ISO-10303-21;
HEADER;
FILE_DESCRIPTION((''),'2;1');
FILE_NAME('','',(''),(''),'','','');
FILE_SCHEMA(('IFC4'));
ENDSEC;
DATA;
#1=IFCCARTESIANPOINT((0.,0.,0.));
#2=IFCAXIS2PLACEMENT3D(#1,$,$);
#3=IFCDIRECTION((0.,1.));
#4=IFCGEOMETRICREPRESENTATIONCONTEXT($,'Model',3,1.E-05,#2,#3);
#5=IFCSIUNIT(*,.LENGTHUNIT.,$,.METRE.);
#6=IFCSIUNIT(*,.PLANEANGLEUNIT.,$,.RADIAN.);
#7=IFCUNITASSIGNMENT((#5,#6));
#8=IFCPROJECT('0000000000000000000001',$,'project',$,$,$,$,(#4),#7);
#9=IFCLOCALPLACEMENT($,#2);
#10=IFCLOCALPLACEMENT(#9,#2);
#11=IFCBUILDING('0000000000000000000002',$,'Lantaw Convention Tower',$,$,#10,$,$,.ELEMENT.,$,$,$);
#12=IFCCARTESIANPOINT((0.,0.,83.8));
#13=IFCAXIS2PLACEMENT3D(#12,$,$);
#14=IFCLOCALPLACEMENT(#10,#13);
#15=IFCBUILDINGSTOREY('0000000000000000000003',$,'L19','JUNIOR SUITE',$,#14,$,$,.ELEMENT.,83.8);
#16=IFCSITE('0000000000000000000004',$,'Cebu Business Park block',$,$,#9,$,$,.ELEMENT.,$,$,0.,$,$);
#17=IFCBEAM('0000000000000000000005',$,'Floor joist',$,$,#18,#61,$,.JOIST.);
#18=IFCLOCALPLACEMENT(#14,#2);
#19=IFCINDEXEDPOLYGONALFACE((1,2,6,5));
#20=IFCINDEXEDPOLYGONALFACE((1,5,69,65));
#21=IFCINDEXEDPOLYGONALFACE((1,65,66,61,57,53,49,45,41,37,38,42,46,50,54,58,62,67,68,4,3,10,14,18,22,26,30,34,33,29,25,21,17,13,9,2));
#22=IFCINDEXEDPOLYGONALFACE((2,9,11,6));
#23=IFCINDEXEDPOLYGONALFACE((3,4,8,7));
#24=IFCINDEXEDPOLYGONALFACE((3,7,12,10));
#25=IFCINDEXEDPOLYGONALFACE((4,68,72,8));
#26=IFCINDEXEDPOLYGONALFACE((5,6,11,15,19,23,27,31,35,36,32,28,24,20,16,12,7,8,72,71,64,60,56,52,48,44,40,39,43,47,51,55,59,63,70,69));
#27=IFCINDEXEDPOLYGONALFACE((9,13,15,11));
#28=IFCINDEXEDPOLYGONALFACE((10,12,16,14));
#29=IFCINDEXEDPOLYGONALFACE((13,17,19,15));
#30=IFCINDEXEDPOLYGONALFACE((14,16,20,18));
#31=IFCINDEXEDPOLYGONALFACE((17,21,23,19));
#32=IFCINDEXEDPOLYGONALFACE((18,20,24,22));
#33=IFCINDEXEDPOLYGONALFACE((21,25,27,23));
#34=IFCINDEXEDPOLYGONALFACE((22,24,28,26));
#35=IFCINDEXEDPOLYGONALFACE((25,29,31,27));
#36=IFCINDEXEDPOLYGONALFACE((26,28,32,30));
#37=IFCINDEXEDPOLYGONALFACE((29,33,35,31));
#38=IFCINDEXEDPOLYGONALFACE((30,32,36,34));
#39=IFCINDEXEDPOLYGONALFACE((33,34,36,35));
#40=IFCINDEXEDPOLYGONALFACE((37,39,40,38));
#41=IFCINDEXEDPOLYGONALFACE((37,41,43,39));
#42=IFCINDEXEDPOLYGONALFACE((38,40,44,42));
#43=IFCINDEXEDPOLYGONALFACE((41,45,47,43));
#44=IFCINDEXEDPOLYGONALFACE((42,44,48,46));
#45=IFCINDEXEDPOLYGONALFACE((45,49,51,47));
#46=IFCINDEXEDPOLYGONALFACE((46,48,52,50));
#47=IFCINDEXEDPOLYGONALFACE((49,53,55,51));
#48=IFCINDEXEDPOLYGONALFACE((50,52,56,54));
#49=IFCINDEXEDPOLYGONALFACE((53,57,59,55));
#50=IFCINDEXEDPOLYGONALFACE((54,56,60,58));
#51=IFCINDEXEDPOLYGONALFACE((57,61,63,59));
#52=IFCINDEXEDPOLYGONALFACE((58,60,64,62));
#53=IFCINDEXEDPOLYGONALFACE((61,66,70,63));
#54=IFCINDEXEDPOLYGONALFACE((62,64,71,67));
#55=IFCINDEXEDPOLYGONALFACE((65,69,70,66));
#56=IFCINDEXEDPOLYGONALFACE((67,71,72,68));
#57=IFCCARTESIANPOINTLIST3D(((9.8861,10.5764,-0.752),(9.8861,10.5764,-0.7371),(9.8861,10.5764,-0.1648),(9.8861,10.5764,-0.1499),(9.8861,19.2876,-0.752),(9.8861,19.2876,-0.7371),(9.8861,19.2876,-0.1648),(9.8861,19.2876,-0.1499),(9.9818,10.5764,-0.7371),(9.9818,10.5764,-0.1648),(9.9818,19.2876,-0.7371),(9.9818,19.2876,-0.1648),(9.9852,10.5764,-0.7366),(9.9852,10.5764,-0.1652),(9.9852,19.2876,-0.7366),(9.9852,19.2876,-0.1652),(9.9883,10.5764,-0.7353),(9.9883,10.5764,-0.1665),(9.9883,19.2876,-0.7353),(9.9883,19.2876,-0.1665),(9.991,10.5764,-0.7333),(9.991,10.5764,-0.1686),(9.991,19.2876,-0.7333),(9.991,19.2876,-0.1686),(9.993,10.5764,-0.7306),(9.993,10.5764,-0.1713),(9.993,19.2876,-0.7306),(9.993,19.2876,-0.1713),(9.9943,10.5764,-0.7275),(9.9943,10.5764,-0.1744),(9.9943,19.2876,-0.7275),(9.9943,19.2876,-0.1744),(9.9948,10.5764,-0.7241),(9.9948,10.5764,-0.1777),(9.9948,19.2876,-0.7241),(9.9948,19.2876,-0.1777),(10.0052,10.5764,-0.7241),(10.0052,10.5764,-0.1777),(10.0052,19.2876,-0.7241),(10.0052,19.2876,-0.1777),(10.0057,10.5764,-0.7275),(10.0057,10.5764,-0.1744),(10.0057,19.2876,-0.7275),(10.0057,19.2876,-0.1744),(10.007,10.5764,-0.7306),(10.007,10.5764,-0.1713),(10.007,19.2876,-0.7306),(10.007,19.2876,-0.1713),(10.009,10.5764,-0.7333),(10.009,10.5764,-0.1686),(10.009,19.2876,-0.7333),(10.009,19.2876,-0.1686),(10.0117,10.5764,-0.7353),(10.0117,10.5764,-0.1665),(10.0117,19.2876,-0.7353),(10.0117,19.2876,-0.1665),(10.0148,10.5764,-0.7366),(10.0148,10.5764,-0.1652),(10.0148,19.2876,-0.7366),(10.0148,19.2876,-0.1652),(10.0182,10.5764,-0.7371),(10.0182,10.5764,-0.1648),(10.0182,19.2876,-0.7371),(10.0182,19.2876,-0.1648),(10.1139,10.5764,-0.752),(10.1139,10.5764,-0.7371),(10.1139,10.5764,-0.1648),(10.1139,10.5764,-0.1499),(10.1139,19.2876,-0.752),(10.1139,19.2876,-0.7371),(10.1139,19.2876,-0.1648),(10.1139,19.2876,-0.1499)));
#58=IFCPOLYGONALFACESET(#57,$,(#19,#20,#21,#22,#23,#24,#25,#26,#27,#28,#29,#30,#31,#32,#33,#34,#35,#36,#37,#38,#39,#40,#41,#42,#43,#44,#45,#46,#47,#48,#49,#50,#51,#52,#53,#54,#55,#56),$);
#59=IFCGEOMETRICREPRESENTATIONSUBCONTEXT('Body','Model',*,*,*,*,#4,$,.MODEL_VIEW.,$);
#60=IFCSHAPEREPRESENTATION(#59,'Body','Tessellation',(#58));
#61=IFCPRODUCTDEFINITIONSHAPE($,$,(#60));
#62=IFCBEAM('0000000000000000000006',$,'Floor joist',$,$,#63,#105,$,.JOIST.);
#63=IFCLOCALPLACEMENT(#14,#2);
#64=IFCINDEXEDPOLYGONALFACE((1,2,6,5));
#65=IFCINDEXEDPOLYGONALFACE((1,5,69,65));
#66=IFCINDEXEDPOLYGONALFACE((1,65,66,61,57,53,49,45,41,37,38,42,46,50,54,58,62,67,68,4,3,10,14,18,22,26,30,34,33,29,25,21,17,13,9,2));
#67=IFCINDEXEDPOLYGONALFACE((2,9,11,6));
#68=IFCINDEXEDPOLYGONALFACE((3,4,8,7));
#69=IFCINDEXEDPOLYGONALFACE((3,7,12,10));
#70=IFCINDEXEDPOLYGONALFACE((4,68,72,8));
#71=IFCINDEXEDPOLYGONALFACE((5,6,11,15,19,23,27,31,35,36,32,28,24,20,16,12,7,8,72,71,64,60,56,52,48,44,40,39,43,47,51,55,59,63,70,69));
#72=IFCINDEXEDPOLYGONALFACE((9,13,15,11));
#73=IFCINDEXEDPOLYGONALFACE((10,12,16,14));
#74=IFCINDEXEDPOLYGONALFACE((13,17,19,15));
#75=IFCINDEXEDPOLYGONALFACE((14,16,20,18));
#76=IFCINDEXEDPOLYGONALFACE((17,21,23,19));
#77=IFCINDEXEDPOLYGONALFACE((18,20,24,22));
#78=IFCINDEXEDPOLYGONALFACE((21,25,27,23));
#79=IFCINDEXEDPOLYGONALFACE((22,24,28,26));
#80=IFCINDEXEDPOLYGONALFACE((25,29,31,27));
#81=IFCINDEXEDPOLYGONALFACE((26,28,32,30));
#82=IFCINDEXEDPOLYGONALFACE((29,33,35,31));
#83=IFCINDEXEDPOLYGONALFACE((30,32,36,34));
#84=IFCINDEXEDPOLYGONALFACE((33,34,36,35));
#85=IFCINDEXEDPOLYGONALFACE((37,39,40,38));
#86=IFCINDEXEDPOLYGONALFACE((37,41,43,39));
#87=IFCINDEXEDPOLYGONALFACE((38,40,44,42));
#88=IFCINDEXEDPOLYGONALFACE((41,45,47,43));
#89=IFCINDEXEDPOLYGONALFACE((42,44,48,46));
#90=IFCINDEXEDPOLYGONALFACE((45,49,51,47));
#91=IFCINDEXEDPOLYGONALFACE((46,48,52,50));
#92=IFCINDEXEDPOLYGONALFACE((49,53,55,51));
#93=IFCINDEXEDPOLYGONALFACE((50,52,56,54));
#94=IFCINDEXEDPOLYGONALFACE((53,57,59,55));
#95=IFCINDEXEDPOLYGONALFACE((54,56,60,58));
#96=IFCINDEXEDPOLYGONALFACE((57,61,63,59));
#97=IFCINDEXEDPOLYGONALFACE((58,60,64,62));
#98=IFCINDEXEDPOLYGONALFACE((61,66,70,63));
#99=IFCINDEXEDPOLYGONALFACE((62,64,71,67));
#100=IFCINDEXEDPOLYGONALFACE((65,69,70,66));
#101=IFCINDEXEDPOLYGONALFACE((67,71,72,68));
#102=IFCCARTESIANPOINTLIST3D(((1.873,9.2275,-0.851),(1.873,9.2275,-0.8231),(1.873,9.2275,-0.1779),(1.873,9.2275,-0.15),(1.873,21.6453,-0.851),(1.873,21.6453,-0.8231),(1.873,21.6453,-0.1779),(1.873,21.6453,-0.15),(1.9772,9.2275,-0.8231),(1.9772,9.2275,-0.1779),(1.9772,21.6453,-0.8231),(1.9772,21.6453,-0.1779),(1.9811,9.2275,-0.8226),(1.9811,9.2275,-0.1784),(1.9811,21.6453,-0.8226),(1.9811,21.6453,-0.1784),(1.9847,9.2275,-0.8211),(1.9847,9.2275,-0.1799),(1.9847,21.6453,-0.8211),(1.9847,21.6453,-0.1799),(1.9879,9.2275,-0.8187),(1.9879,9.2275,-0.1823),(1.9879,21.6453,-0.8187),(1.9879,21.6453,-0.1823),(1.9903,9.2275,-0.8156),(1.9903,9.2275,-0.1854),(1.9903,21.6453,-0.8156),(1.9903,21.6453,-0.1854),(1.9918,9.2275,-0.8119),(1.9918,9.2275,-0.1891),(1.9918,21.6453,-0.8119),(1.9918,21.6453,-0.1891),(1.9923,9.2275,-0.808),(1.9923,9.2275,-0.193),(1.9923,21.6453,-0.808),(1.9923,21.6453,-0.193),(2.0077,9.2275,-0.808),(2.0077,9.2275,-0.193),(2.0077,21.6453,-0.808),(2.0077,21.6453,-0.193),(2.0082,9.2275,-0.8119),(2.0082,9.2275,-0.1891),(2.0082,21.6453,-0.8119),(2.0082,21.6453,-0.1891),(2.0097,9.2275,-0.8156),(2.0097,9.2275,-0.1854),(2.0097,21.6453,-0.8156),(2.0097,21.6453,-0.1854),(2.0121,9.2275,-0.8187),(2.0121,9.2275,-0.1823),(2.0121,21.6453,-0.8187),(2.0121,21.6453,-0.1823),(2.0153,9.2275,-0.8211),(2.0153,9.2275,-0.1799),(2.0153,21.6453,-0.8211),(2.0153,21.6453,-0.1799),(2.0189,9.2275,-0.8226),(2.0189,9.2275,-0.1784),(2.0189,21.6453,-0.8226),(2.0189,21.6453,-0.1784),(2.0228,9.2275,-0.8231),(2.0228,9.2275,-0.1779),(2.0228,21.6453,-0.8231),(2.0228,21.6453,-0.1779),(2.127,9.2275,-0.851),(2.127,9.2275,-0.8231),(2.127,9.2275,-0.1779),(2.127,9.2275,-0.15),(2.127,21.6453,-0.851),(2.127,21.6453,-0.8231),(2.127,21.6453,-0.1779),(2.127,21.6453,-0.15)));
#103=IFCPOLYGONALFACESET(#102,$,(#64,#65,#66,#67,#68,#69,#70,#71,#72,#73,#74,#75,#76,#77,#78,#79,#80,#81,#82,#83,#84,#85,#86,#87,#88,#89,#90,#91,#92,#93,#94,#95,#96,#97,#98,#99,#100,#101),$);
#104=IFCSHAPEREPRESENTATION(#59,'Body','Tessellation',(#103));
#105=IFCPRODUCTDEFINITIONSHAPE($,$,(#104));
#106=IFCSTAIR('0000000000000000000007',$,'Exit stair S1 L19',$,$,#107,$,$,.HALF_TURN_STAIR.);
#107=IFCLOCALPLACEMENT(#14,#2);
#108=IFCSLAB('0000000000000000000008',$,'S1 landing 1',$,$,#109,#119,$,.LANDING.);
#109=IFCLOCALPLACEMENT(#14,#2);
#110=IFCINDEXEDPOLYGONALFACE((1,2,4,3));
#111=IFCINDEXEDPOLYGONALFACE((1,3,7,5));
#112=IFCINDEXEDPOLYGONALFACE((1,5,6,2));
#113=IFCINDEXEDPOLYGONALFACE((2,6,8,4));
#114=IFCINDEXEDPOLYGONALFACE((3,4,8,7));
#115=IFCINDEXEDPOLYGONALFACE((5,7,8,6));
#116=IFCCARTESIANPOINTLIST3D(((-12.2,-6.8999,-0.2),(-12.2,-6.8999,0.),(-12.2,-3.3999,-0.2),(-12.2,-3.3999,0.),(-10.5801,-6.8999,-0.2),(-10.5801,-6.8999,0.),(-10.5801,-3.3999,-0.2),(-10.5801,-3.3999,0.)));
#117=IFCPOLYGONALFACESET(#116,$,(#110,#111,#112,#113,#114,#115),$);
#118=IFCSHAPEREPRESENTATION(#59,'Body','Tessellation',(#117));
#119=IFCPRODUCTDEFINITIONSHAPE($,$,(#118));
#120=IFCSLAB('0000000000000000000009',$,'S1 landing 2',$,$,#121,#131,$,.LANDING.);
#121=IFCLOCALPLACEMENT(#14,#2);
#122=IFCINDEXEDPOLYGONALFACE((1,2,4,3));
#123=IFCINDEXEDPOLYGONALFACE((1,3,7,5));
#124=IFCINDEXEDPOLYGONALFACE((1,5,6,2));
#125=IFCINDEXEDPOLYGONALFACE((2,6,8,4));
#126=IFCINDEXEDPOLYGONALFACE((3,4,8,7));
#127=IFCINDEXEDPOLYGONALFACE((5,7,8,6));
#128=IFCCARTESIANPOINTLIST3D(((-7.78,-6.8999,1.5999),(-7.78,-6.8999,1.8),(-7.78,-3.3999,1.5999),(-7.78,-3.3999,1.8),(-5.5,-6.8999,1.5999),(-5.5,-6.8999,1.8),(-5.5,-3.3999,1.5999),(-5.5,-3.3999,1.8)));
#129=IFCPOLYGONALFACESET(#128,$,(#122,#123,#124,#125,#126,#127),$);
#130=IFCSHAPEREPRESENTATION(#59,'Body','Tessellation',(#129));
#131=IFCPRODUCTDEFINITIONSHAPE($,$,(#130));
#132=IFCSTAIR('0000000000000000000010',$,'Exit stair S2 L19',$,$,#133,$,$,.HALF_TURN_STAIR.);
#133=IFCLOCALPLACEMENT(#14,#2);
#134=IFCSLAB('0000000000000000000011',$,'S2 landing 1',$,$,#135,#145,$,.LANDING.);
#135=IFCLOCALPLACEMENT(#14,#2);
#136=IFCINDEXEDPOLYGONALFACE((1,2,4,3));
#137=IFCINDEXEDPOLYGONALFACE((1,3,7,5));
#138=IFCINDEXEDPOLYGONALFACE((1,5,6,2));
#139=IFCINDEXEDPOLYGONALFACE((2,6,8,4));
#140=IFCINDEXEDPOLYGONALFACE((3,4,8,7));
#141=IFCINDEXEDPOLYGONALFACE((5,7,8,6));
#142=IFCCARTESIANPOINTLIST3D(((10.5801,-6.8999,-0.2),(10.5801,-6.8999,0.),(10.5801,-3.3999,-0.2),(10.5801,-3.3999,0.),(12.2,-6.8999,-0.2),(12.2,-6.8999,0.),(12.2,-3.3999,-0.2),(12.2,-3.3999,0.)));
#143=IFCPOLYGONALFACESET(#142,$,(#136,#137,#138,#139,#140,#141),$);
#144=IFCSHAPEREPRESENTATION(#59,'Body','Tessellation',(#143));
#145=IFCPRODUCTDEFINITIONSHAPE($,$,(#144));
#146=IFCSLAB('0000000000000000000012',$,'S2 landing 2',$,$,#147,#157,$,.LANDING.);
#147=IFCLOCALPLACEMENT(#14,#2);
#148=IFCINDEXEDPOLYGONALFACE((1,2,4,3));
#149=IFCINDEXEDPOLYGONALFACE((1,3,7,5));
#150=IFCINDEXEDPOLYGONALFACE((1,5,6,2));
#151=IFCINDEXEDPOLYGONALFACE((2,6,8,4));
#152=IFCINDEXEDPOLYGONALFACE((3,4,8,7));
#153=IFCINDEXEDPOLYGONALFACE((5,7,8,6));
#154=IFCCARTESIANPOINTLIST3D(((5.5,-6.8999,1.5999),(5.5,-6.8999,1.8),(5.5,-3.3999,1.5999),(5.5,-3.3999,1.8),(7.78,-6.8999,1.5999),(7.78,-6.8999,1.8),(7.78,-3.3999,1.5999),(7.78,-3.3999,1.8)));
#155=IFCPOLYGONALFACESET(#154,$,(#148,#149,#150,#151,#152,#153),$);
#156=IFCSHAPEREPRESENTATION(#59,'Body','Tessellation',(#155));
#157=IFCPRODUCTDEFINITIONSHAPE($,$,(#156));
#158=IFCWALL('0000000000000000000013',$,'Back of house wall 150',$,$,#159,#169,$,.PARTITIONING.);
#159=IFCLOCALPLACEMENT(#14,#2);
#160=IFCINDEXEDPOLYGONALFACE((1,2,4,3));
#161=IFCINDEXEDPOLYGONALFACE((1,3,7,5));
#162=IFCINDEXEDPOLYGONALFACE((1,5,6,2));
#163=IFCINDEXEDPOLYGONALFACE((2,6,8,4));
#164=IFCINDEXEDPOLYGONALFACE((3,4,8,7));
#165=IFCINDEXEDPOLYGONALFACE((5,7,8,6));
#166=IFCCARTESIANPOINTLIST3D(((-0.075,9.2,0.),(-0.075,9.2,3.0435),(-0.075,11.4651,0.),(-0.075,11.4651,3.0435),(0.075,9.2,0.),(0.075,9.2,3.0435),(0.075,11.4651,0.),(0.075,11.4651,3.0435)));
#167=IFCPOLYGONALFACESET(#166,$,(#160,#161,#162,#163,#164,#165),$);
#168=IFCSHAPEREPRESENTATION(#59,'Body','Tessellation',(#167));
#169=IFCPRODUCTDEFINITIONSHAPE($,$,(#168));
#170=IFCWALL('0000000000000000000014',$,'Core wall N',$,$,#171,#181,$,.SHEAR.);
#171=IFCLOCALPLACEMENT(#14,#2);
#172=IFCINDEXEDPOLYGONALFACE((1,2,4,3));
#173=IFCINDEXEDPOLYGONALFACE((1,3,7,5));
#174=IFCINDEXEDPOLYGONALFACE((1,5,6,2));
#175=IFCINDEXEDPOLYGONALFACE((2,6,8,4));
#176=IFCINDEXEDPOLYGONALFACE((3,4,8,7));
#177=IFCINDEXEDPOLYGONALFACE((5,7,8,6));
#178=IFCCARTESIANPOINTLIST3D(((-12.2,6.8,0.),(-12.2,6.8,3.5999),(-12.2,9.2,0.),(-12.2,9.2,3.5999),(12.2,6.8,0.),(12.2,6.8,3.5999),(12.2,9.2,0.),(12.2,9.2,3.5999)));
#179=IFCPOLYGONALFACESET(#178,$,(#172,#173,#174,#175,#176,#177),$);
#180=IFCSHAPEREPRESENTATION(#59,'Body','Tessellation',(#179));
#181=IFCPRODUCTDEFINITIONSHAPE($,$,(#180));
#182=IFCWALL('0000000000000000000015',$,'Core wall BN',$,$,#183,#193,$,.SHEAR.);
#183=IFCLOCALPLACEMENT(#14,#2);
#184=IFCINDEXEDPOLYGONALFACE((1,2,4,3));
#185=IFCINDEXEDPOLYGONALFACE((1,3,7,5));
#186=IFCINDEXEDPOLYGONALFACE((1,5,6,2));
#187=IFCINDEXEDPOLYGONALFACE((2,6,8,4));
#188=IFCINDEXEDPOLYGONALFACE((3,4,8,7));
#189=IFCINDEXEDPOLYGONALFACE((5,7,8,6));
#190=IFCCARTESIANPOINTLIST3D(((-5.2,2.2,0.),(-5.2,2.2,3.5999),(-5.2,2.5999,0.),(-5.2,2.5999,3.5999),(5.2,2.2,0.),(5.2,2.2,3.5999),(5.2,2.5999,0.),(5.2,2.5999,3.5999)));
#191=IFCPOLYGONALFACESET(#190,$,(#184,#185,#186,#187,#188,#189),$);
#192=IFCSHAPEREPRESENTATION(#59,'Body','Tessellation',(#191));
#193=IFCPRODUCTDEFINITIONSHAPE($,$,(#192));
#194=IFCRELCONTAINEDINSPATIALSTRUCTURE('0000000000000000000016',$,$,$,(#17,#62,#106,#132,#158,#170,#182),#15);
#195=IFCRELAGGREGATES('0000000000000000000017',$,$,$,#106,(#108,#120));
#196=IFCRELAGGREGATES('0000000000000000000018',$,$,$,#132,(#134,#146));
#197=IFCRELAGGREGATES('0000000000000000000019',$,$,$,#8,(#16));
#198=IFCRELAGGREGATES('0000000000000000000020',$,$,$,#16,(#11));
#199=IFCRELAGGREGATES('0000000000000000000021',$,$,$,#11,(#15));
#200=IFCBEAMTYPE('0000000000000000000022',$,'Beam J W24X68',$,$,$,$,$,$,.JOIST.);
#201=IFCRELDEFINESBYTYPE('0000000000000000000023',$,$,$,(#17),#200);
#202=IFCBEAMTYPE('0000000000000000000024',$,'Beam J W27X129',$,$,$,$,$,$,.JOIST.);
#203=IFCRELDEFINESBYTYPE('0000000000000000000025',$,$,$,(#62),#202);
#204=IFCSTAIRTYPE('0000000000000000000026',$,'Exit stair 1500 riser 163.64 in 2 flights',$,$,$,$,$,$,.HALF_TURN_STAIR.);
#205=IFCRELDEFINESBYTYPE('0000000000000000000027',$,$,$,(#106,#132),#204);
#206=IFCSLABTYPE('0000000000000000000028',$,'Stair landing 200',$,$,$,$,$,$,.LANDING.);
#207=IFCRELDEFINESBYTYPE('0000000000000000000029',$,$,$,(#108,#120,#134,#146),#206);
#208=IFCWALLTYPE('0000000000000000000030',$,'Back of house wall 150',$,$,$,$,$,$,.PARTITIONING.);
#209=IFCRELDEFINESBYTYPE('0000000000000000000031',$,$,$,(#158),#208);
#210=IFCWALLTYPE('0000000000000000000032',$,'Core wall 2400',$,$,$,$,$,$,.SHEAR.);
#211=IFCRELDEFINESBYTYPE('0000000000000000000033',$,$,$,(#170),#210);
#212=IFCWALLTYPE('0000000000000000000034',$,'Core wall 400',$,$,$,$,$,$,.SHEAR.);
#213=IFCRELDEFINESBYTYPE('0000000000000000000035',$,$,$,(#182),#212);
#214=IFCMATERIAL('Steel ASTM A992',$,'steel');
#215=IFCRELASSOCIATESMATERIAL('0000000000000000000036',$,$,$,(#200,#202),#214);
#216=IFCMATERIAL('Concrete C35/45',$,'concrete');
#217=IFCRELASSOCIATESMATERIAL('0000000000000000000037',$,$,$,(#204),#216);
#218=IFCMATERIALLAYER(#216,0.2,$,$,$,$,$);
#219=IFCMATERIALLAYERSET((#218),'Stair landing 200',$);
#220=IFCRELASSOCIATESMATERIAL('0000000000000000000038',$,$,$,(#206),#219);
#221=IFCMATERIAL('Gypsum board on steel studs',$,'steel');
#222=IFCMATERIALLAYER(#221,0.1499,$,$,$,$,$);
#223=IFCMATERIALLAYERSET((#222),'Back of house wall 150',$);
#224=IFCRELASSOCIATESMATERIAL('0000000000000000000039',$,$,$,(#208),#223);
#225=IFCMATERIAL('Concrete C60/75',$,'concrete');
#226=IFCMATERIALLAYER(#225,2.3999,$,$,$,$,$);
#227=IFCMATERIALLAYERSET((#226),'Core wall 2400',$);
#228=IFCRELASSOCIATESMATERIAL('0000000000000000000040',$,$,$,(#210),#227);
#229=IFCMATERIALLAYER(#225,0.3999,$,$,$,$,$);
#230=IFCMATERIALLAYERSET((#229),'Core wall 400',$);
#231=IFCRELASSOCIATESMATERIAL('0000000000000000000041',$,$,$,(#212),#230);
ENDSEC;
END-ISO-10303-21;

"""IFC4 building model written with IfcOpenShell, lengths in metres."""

from ifc_helpers import new_model, si_unit, direction, frame, frame_2d, origin, origin_2d, place, context, subcontext, project, spatial, polyline, rectangle, i_section, outline, extrude, material, layer, layer_set, material_profile, profile_set, type_object, element, aggregate, save


model = new_model("IFC4")

# Units and contexts
model_context = context("Model", 3, precision=1e-05, world=origin(), true_north=direction((0.0, 1.0)))
body_context = subcontext(model_context, "Body", "Model", "MODEL_VIEW")
ifc_project = project(units=[si_unit("LENGTHUNIT", "METRE"), si_unit("PLANEANGLEUNIT", "RADIAN")], contexts=[model_context])

# Site, building, storey
site_placement = place(None, origin())
site = spatial("IfcSite", under=ifc_project, at=site_placement, Name="Cebu Business Park block", CompositionType="ELEMENT", RefElevation=0.0)
building_placement = place(site_placement, origin())
building = spatial("IfcBuilding", under=site, at=building_placement, Name="Lantaw Convention Tower", CompositionType="ELEMENT")
storey_placement = place(building_placement, frame((0.0, 0.0, 83.8)))
storey = spatial("IfcBuildingStorey", under=building, at=storey_placement, Name="L19", Description="JUNIOR SUITE", CompositionType="ELEMENT", Elevation=83.8)

# Beams
ifc_material_1 = material(Name="Steel ASTM A992", Category="steel")
ifc_material_profile_1 = material_profile(ifc_material_1, i_section(OverallWidth=0.2278, OverallDepth=0.6021, WebThickness=0.0105, FlangeThickness=0.0149, FilletRadius=0.0129, at=origin_2d()), Name="W24X68")
ifc_profile_set_1 = profile_set([ifc_material_profile_1], Name="Steel ASTM A992")
beam_type_1 = type_object("IfcBeamType", Name="Beam J W24X68", PredefinedType="JOIST", material=ifc_profile_set_1)
beam_1_placement = place(storey_placement, frame((10.0, 10.5764, -0.4509), z_axis=(0.0, 1.0, 0.0), x_axis=(-1.0, 0.0, 0.0)))
element("IfcBeam", 1, at=beam_1_placement, inside=storey, type_object=beam_type_1, Name="Floor joist", PredefinedType="JOIST", context=body_context, shape_type="SweptSolid", body=[
    extrude(i_section(OverallWidth=0.2278, OverallDepth=0.6021, WebThickness=0.0105, FlangeThickness=0.0149, FilletRadius=0.0129, at=origin_2d()), origin(), (0.0, 0.0, 1.0), 8.7112),
])
ifc_material_profile_2 = material_profile(ifc_material_1, i_section(OverallWidth=0.2539, OverallDepth=0.7009, WebThickness=0.0154, FlangeThickness=0.0278, FilletRadius=0.0151, at=origin_2d()), Name="W27X129")
ifc_profile_set_2 = profile_set([ifc_material_profile_2], Name="Steel ASTM A992")
beam_type_2 = type_object("IfcBeamType", Name="Beam J W27X129", PredefinedType="JOIST", material=ifc_profile_set_2)
beam_2_placement = place(storey_placement, frame((2.0, 9.2275, -0.5005), z_axis=(0.0, 1.0, 0.0), x_axis=(-1.0, 0.0, 0.0)))
element("IfcBeam", 2, at=beam_2_placement, inside=storey, type_object=beam_type_2, Name="Floor joist", PredefinedType="JOIST", context=body_context, shape_type="SweptSolid", body=[
    extrude(i_section(OverallWidth=0.2539, OverallDepth=0.7009, WebThickness=0.0154, FlangeThickness=0.0278, FilletRadius=0.0151, at=origin_2d()), origin(), (0.0, 0.0, 1.0), 12.4177),
])

# Stairs, slabs
ifc_material_2 = material(Name="Concrete C35/45", Category="concrete")
stair_type = type_object("IfcStairType", Name="Exit stair 1500 riser 163.64 in 2 flights", PredefinedType="HALF_TURN_STAIR", material=ifc_material_2)
stair_1_placement = place(storey_placement, origin())
stair_1 = element("IfcStair", 3, at=stair_1_placement, inside=storey, type_object=stair_type, Name="Exit stair S1 L19", PredefinedType="HALF_TURN_STAIR")
ifc_layer_1 = layer(ifc_material_2, 0.2)
ifc_layer_set_1 = layer_set([ifc_layer_1], Name="Stair landing 200")
slab_type = type_object("IfcSlabType", Name="Stair landing 200", PredefinedType="LANDING", material=ifc_layer_set_1)
slab_1_placement = place(storey_placement, frame((0.0, 0.0, -0.2)))
slab_1 = element("IfcSlab", 4, at=slab_1_placement, type_object=slab_type, Name="S1 landing 1", PredefinedType="LANDING", context=body_context, shape_type="SweptSolid", body=[
    extrude(outline(polyline([(-12.2, -6.8999), (-10.5801, -6.8999), (-10.5801, -3.3999), (-12.2, -3.3999), (-12.2, -6.8999)])), origin(), (0.0, 0.0, 1.0), 0.2),
])
slab_2_placement = place(storey_placement, frame((0.0, 0.0, 1.5999)))
slab_2 = element("IfcSlab", 5, at=slab_2_placement, type_object=slab_type, Name="S1 landing 2", PredefinedType="LANDING", context=body_context, shape_type="SweptSolid", body=[
    extrude(outline(polyline([(-7.78, -6.8999), (-5.5, -6.8999), (-5.5, -3.3999), (-7.78, -3.3999), (-7.78, -6.8999)])), origin(), (0.0, 0.0, 1.0), 0.2002),
])
aggregate(stair_1, [slab_1, slab_2])
stair_2_placement = place(storey_placement, origin())
stair_2 = element("IfcStair", 6, at=stair_2_placement, inside=storey, type_object=stair_type, Name="Exit stair S2 L19", PredefinedType="HALF_TURN_STAIR")
slab_3_placement = place(storey_placement, frame((0.0, 0.0, -0.2)))
slab_3 = element("IfcSlab", 7, at=slab_3_placement, type_object=slab_type, Name="S2 landing 1", PredefinedType="LANDING", context=body_context, shape_type="SweptSolid", body=[
    extrude(outline(polyline([(10.5801, -6.8999), (12.2, -6.8999), (12.2, -3.3999), (10.5801, -3.3999), (10.5801, -6.8999)])), origin(), (0.0, 0.0, 1.0), 0.2),
])
slab_4_placement = place(storey_placement, frame((0.0, 0.0, 1.5999)))
slab_4 = element("IfcSlab", 8, at=slab_4_placement, type_object=slab_type, Name="S2 landing 2", PredefinedType="LANDING", context=body_context, shape_type="SweptSolid", body=[
    extrude(outline(polyline([(5.5, -6.8999), (7.78, -6.8999), (7.78, -3.3999), (5.5, -3.3999), (5.5, -6.8999)])), origin(), (0.0, 0.0, 1.0), 0.2002),
])
aggregate(stair_2, [slab_3, slab_4])

# Walls
ifc_material_3 = material(Name="Gypsum board on steel studs", Category="steel")
ifc_layer_2 = layer(ifc_material_3, 0.1499)
ifc_layer_set_2 = layer_set([ifc_layer_2], Name="Back of house wall 150")
wall_type_1 = type_object("IfcWallType", Name="Back of house wall 150", PredefinedType="PARTITIONING", material=ifc_layer_set_2)
wall_1_placement = place(storey_placement, frame((0.0, 9.2, 0.0), z_axis=(0.0, 0.0, 1.0), x_axis=(0.0, 1.0, 0.0)))
element("IfcWall", 9, at=wall_1_placement, inside=storey, type_object=wall_type_1, Name="Back of house wall 150", PredefinedType="PARTITIONING", context=body_context, shape_type="SweptSolid", body=[
    extrude(rectangle(XDim=2.2651, YDim=0.1499, at=frame_2d((1.1326, 0.0))), origin(), (0.0, 0.0, 1.0), 3.0435),
])
ifc_material_4 = material(Name="Concrete C60/75", Category="concrete")
ifc_layer_3 = layer(ifc_material_4, 2.3999)
ifc_layer_set_3 = layer_set([ifc_layer_3], Name="Core wall 2400")
wall_type_2 = type_object("IfcWallType", Name="Core wall 2400", PredefinedType="SHEAR", material=ifc_layer_set_3)
wall_2_placement = place(storey_placement, frame((12.2, 8.0, 0.0), z_axis=(0.0, 0.0, 1.0), x_axis=(-1.0, 0.0, 0.0)))
element("IfcWall", 10, at=wall_2_placement, inside=storey, type_object=wall_type_2, Name="Core wall N", PredefinedType="SHEAR", context=body_context, shape_type="SweptSolid", body=[
    extrude(rectangle(XDim=24.3999, YDim=2.3999, at=frame_2d((12.2, 0.0))), origin(), (0.0, 0.0, 1.0), 3.5999),
])
ifc_layer_4 = layer(ifc_material_4, 0.3999)
ifc_layer_set_4 = layer_set([ifc_layer_4], Name="Core wall 400")
wall_type_3 = type_object("IfcWallType", Name="Core wall 400", PredefinedType="SHEAR", material=ifc_layer_set_4)
wall_3_placement = place(storey_placement, frame((5.2, 2.3999, 0.0), z_axis=(0.0, 0.0, 1.0), x_axis=(-1.0, 0.0, 0.0)))
element("IfcWall", 11, at=wall_3_placement, inside=storey, type_object=wall_type_3, Name="Core wall BN", PredefinedType="SHEAR", context=body_context, shape_type="SweptSolid", body=[
    extrude(rectangle(XDim=10.3999, YDim=0.3999, at=frame_2d((5.2, 0.0))), origin(), (0.0, 0.0, 1.0), 3.5999),
])

save(model, "model.ifc")
